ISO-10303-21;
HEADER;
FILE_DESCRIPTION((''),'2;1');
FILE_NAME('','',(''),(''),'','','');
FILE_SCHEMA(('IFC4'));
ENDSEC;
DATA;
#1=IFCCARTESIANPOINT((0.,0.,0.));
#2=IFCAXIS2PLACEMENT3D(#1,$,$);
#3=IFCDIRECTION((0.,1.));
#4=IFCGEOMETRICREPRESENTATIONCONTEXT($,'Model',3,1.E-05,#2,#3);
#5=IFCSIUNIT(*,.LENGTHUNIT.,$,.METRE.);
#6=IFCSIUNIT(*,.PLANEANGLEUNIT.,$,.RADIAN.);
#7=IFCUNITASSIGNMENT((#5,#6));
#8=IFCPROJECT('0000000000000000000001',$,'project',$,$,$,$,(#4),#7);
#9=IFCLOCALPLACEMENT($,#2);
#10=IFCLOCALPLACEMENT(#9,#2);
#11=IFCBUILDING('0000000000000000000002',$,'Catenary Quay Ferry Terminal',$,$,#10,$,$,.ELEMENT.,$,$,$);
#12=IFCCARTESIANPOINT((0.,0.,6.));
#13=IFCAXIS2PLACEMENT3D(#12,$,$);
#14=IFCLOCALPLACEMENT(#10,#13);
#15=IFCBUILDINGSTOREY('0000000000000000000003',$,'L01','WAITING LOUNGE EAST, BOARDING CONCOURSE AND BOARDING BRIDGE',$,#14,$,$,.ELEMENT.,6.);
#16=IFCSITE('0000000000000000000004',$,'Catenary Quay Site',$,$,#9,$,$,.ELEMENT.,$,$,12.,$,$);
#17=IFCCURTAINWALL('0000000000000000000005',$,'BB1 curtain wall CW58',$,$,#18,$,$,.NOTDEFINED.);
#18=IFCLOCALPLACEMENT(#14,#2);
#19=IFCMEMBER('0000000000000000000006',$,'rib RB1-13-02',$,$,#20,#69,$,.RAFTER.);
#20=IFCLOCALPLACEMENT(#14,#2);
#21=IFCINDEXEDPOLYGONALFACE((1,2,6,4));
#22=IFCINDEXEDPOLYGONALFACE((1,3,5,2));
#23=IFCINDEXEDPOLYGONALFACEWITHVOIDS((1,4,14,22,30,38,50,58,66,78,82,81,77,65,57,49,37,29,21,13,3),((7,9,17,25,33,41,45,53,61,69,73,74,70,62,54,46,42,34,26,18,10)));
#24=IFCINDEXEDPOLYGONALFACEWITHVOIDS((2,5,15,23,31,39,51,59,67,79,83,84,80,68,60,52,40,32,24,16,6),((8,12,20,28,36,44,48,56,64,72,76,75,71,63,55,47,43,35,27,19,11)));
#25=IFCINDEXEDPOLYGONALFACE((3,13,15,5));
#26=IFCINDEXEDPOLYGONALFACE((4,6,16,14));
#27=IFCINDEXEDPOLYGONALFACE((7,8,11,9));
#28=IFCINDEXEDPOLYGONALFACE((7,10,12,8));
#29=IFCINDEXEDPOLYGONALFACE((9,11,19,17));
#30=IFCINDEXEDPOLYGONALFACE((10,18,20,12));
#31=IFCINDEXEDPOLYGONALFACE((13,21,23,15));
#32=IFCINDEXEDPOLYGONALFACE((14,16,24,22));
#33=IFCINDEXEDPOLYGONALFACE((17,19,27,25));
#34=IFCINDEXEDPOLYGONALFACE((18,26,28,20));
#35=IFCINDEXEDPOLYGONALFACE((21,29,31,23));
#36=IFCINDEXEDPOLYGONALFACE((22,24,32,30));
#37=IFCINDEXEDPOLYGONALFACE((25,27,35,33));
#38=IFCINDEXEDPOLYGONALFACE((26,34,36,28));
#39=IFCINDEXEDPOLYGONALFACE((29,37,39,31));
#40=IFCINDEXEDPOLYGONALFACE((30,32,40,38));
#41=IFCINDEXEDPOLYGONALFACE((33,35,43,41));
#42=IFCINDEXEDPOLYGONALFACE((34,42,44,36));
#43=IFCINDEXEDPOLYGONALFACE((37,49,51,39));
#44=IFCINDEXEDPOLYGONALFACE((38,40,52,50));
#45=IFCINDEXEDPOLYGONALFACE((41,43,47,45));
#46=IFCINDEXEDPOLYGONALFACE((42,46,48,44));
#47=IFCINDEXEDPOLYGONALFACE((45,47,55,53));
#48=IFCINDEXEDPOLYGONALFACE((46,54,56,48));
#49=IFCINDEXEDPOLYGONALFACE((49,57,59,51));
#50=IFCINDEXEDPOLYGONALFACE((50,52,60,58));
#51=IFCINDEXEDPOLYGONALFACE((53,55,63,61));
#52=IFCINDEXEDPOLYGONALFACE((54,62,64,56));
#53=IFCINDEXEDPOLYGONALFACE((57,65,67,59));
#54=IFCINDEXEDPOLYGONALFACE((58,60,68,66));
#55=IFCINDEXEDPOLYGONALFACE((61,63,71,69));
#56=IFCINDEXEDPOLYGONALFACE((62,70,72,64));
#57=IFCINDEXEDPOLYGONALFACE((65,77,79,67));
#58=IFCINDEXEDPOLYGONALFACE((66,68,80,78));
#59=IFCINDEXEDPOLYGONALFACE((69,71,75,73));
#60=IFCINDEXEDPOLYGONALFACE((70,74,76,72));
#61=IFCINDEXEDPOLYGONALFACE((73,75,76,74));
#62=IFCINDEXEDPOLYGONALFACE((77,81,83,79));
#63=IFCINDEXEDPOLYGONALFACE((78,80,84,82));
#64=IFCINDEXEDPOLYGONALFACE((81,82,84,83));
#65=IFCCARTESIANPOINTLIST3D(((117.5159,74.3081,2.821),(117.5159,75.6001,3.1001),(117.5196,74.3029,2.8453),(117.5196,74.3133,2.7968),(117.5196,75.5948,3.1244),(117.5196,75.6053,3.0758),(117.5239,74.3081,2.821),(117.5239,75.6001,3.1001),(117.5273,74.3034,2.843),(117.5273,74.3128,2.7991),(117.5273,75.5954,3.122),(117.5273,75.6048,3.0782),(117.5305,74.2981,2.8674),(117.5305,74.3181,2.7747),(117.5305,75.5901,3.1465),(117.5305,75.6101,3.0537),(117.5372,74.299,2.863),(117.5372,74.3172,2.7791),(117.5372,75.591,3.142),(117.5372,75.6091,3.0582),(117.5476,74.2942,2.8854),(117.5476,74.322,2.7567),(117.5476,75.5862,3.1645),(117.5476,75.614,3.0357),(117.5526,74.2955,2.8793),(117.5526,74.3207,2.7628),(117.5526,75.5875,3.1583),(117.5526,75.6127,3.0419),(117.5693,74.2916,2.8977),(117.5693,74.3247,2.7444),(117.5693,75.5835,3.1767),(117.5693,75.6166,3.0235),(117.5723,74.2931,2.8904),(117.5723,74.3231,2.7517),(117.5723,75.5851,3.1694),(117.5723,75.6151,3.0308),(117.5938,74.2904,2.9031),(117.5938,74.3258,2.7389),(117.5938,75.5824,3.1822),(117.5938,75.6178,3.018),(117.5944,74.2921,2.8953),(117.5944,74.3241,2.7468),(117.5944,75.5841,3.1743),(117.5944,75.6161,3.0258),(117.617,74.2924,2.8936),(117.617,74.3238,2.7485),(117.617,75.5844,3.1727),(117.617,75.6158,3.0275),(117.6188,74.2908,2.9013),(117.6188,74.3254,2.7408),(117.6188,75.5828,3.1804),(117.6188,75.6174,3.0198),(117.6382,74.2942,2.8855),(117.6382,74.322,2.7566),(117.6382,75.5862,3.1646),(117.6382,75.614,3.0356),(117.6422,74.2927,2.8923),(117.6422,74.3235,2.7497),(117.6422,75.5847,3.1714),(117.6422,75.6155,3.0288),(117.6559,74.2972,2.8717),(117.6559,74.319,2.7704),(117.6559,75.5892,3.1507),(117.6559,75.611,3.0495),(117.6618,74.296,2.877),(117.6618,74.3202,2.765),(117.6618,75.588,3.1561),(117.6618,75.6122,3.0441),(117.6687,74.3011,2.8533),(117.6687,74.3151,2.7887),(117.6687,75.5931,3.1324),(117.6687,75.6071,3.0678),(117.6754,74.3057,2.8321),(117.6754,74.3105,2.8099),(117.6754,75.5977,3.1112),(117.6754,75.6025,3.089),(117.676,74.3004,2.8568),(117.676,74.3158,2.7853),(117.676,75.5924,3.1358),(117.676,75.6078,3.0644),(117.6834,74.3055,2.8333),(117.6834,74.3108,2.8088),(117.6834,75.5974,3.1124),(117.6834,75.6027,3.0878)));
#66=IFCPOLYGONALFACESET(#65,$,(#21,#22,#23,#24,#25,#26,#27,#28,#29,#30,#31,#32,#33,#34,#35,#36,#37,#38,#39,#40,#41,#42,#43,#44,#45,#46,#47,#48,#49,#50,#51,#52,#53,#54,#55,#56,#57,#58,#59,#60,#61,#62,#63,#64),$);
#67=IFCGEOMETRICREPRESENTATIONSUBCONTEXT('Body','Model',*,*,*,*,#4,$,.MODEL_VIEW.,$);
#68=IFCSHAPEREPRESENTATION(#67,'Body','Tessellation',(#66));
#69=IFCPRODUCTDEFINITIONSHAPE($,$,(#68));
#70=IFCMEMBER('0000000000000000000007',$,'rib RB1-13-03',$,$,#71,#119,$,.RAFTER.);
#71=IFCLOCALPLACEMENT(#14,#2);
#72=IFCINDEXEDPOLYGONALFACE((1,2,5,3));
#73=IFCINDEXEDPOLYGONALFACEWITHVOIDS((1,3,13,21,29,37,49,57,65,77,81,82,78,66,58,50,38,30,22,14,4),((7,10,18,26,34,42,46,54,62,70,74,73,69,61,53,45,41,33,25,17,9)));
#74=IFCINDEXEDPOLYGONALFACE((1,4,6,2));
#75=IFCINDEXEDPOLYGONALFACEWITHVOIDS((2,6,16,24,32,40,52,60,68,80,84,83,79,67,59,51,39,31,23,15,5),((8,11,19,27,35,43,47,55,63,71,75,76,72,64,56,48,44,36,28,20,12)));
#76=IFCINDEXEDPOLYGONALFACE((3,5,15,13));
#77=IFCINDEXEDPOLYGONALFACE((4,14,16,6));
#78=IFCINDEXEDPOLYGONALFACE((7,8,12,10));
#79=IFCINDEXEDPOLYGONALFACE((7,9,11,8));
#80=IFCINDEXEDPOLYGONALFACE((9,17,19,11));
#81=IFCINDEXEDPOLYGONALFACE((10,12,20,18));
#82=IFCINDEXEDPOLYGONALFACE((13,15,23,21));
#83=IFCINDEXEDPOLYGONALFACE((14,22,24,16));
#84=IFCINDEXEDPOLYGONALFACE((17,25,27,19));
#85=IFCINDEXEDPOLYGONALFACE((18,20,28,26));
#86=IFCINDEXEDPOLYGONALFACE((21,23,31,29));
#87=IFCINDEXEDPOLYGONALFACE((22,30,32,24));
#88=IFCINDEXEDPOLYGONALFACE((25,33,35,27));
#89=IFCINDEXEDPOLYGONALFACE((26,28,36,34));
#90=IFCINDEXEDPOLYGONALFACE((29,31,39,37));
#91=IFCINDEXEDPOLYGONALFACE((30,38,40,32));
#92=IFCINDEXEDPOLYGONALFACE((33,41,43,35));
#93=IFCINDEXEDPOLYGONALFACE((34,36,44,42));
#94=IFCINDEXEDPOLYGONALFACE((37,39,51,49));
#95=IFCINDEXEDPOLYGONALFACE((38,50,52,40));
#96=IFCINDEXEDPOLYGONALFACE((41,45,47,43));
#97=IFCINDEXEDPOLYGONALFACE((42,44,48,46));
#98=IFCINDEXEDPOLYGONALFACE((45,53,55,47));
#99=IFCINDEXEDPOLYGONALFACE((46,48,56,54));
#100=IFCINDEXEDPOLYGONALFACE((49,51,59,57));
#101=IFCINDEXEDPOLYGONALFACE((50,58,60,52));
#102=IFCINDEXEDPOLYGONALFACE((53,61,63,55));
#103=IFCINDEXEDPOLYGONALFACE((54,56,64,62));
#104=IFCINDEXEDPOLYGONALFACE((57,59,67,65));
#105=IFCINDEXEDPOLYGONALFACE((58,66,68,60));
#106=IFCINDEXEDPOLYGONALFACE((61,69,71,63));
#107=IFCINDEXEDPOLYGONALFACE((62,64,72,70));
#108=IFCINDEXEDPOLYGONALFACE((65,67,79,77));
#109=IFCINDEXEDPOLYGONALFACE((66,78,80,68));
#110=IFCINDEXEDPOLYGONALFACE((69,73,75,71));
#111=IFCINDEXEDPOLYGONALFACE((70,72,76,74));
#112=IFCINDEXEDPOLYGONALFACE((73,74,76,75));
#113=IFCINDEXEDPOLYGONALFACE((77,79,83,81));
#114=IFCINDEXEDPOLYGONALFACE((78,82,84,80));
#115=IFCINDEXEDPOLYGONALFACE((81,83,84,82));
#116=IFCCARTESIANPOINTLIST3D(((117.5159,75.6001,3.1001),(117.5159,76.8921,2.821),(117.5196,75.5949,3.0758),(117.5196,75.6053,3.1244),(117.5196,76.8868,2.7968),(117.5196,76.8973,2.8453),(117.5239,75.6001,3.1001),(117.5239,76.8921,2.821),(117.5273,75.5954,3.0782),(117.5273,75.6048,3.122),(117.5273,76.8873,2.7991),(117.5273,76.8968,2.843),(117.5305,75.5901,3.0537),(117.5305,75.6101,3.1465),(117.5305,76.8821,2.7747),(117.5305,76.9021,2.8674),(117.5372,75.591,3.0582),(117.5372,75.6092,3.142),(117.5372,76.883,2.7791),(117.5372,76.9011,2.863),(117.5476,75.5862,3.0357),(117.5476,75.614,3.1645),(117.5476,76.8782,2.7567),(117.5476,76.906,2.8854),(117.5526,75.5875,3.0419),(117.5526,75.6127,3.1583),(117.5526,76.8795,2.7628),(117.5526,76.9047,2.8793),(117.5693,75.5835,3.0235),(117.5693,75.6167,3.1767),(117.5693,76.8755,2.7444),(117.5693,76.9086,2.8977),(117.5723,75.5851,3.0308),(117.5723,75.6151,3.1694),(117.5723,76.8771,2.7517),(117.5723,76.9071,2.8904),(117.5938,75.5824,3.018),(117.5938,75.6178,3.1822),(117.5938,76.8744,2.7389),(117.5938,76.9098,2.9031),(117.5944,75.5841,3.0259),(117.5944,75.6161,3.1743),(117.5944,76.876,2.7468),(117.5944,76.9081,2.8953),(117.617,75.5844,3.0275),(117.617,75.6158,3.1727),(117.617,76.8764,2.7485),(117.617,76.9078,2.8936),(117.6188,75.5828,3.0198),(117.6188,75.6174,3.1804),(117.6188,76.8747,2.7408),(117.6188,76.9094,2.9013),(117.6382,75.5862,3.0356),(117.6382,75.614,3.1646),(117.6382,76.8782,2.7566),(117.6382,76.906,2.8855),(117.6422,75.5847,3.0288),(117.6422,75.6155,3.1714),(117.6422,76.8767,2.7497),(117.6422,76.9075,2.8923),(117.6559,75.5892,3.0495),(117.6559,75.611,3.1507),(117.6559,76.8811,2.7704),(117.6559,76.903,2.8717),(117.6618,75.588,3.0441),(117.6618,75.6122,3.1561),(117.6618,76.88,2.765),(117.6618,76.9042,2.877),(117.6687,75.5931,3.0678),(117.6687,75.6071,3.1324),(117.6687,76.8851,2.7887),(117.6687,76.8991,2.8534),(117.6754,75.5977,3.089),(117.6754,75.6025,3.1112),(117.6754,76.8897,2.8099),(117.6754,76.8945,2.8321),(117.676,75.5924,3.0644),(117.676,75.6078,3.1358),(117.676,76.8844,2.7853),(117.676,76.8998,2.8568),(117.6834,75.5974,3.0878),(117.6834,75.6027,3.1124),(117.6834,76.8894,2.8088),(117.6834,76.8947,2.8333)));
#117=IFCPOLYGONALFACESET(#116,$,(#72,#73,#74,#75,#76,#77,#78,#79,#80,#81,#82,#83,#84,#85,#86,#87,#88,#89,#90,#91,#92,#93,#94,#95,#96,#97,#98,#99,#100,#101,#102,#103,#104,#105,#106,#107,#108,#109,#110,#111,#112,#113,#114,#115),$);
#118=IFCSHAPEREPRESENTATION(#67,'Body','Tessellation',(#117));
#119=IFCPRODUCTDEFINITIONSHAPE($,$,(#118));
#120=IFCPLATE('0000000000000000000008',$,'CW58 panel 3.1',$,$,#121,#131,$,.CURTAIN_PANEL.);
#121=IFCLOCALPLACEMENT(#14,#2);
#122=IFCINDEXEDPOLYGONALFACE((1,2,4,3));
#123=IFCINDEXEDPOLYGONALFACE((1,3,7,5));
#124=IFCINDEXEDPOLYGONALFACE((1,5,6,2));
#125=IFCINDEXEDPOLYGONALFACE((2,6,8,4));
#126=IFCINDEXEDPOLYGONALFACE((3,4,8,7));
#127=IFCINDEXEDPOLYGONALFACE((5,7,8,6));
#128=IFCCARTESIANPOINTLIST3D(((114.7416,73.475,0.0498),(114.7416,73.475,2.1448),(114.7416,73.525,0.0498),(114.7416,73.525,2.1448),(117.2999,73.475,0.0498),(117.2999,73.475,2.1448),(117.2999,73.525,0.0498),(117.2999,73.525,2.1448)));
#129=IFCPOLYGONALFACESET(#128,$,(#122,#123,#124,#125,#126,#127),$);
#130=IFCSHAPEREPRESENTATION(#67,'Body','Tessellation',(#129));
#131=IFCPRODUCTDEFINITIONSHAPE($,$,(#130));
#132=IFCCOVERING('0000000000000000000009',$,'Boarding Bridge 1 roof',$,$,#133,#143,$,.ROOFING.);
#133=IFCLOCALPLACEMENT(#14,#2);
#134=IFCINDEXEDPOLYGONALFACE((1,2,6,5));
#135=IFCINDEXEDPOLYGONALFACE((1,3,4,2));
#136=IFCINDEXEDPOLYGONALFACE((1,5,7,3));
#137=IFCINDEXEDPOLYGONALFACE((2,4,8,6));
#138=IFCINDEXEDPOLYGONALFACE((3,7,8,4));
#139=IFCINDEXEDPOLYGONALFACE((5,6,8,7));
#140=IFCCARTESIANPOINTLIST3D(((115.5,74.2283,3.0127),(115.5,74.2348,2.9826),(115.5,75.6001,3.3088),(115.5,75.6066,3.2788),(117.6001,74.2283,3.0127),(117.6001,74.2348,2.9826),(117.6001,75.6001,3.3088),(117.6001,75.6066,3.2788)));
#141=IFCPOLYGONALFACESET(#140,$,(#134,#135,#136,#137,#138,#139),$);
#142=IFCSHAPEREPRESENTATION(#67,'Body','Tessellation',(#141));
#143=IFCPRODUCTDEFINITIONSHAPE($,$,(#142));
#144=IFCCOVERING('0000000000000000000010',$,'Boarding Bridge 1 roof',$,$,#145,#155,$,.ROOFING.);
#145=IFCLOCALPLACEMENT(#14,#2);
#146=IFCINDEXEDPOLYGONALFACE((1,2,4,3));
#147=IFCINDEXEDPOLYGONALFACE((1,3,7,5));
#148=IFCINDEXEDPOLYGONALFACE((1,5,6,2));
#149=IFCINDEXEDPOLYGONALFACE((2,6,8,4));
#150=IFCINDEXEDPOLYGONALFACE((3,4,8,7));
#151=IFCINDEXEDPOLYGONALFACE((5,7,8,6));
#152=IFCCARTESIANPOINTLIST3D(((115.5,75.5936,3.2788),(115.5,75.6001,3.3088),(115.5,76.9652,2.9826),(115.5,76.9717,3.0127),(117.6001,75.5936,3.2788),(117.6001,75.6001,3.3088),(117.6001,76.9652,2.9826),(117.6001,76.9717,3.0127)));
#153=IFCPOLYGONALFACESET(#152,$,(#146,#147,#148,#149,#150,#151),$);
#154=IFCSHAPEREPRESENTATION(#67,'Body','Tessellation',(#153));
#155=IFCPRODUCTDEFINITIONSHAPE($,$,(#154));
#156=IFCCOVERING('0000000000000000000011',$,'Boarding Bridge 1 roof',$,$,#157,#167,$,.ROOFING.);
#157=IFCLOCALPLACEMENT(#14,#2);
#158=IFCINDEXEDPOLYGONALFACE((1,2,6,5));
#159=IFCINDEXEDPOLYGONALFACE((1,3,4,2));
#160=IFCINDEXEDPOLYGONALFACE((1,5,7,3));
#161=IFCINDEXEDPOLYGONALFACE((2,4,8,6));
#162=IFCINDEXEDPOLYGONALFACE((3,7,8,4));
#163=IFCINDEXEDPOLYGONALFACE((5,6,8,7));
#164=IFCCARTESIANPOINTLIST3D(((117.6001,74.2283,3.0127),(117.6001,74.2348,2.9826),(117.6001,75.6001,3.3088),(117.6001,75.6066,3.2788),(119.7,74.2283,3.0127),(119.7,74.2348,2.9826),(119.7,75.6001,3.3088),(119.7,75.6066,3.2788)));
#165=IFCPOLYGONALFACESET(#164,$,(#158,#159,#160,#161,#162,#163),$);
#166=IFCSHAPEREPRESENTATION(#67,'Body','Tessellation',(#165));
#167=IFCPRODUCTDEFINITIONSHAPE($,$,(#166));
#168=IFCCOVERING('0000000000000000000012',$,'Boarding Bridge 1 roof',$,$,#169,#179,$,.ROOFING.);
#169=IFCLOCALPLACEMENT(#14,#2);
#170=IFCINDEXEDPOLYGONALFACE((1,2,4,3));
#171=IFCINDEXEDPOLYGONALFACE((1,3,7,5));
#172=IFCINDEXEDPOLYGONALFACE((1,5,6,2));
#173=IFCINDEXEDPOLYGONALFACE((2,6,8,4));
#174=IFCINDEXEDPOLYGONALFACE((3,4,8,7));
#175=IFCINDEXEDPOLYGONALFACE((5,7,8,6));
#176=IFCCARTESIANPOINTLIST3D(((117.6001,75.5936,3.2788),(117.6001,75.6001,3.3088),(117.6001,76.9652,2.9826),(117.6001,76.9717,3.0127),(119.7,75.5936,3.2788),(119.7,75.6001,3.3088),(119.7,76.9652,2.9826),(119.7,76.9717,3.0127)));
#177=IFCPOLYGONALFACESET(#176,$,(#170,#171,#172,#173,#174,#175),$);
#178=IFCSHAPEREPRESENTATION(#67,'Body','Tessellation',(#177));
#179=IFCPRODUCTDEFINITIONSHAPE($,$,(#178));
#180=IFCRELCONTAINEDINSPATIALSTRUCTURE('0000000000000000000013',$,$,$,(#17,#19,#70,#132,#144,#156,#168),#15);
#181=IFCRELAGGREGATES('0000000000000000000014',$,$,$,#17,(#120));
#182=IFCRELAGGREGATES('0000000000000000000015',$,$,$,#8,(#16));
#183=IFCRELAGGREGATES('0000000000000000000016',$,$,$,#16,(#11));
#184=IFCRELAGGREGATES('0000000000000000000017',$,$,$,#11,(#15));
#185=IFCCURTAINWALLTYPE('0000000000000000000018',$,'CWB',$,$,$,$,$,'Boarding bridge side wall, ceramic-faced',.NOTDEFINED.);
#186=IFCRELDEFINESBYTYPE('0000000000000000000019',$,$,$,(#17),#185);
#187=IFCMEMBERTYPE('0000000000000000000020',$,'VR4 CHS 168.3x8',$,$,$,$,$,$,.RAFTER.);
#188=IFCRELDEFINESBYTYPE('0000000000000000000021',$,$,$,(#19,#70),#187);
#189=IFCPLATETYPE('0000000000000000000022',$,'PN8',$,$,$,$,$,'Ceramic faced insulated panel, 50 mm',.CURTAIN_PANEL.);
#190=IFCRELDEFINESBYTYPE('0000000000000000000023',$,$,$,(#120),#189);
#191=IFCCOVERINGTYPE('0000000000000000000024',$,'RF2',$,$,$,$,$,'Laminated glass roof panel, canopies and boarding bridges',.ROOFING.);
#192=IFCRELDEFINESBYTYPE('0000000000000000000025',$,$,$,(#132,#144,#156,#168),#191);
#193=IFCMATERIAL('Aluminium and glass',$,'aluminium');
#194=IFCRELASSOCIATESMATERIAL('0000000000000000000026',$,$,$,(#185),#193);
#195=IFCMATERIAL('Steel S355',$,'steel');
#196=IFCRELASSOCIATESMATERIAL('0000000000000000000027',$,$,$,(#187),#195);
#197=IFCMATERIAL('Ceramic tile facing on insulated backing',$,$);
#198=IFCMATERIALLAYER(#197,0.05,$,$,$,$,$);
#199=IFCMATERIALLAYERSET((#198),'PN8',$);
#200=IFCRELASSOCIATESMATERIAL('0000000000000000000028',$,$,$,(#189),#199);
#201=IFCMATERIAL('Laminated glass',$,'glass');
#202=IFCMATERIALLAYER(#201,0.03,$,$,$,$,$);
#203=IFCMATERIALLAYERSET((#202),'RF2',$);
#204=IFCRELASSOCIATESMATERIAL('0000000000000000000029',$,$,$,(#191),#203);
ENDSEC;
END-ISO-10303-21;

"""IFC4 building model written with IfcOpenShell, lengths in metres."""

from ifc_helpers import new_model, si_unit, direction, frame, origin, origin_2d, place, context, subcontext, project, spatial, polyline, rectangle, hollow_circle, outline, extrude, material, layer, layer_set, material_profile, profile_set, type_object, element, aggregate, save


model = new_model("IFC4")

# Units and contexts
model_context = context("Model", 3, precision=1e-05, world=origin(), true_north=direction((0.0, 1.0)))
body_context = subcontext(model_context, "Body", "Model", "MODEL_VIEW")
ifc_project = project(units=[si_unit("LENGTHUNIT", "METRE"), si_unit("PLANEANGLEUNIT", "RADIAN")], contexts=[model_context])

# Site, building, storey
site_placement = place(None, origin())
site = spatial("IfcSite", under=ifc_project, at=site_placement, Name="Catenary Quay Site", CompositionType="ELEMENT", RefElevation=12.0)
building_placement = place(site_placement, origin())
building = spatial("IfcBuilding", under=site, at=building_placement, Name="Catenary Quay Ferry Terminal", CompositionType="ELEMENT")
storey_placement = place(building_placement, frame((0.0, 0.0, 6.0)))
storey = spatial("IfcBuildingStorey", under=building, at=storey_placement, Name="L01", Description="WAITING LOUNGE EAST, BOARDING CONCOURSE AND BOARDING BRIDGE", CompositionType="ELEMENT", Elevation=6.0)

# Curtain wall
ifc_material_1 = material(Name="Aluminium and glass", Category="aluminium")
curtain_wall_type = type_object("IfcCurtainWallType", Name="CWB", ElementType="Boarding bridge side wall, ceramic-faced", PredefinedType="NOTDEFINED", material=ifc_material_1)
curtain_wall_placement = place(storey_placement, origin())
curtain_wall = element("IfcCurtainWall", 1, at=curtain_wall_placement, inside=storey, type_object=curtain_wall_type, Name="BB1 curtain wall CW58", PredefinedType="NOTDEFINED")

# Members
ifc_material_2 = material(Name="Steel S355", Category="steel")
ifc_material_profile_1 = material_profile(ifc_material_2, hollow_circle(Radius=0.0842, WallThickness=0.0081, at=origin_2d()), Name="CHS 168.3x8")
ifc_profile_set_1 = profile_set([ifc_material_profile_1], Name="Steel S355")
member_type_1 = type_object("IfcMemberType", Name="VR4 CHS 168.3x8", PredefinedType="RAFTER", material=ifc_profile_set_1)
for number, where, z_axis, x_axis, name in (
    (2, (117.6001, 74.3081, 2.821), (0.0, 0.977461, 0.211118), (-1.0, 0.0, 0.0), "rib RB1-13-02"),
    (3, (117.6001, 75.6001, 3.1001), (0.0, 0.977461, -0.211118), (-1.0, 0.0, 0.0), "rib RB1-13-03"),
):
    element("IfcMember", number, at=place(storey_placement, frame(where, z_axis=z_axis, x_axis=x_axis)), inside=storey, type_object=member_type_1, Name=name, PredefinedType="RAFTER", context=body_context, shape_type="SweptSolid", body=[
        extrude(hollow_circle(Radius=0.0842, WallThickness=0.0081, at=origin_2d()), origin(), (0.0, 0.0, 1.0), 1.3218),
    ])

# Plate
ifc_material_3 = material(Name="Ceramic tile facing on insulated backing")
ifc_layer_1 = layer(ifc_material_3, 0.05)
ifc_layer_set_1 = layer_set([ifc_layer_1], Name="PN8")
plate_type = type_object("IfcPlateType", Name="PN8", ElementType="Ceramic faced insulated panel, 50 mm", PredefinedType="CURTAIN_PANEL", material=ifc_layer_set_1)
plate_placement = place(storey_placement, frame((116.0208, 73.5, 0.0498), z_axis=(0.0, 0.0, 1.0), x_axis=(1.0, 0.0, 0.0)))
plate = element("IfcPlate", 4, at=plate_placement, type_object=plate_type, Name="CW58 panel 3.1", PredefinedType="CURTAIN_PANEL", context=body_context, shape_type="SweptSolid", body=[
    extrude(rectangle(XDim=2.5583, YDim=0.05, at=origin_2d()), origin(), (0.0, 0.0, 1.0), 2.095),
])
aggregate(curtain_wall, [plate])

# Coverings
ifc_material_4 = material(Name="Laminated glass", Category="glass")
ifc_layer_2 = layer(ifc_material_4, 0.03)
ifc_layer_set_2 = layer_set([ifc_layer_2], Name="RF2")
covering_type = type_object("IfcCoveringType", Name="RF2", ElementType="Laminated glass roof panel, canopies and boarding bridges", PredefinedType="ROOFING", material=ifc_layer_set_2)
covering_1_placement = place(storey_placement, frame((115.5, 74.2283, 3.0127), z_axis=(0.0, -0.211014, 0.977483), x_axis=(1.0, 0.0, 0.0)))
element("IfcCovering", 5, at=covering_1_placement, inside=storey, type_object=covering_type, Name="Boarding Bridge 1 roof", PredefinedType="ROOFING", context=body_context, shape_type="SweptSolid", body=[
    extrude(outline(polyline([(0.0, 0.0), (2.1001, 0.0), (2.1001, 1.4034), (0.0, 1.4034), (0.0, 0.0)])), origin(), (0.0, 0.0, -1.0), 0.0308),
])
covering_2_placement = place(storey_placement, frame((115.5, 75.6001, 3.3088), z_axis=(0.0, 0.21105, 0.977475), x_axis=(1.0, 0.0, 0.0)))
element("IfcCovering", 6, at=covering_2_placement, inside=storey, type_object=covering_type, Name="Boarding Bridge 1 roof", PredefinedType="ROOFING", context=body_context, shape_type="SweptSolid", body=[
    extrude(outline(polyline([(0.0, 0.0), (2.1001, 0.0), (2.1001, 1.4032), (0.0, 1.4032), (0.0, 0.0)])), origin(), (0.0, 0.0, -1.0), 0.0308),
])
covering_3_placement = place(storey_placement, frame((117.6001, 74.2283, 3.0127), z_axis=(0.0, -0.211014, 0.977483), x_axis=(1.0, 0.0, 0.0)))
element("IfcCovering", 7, at=covering_3_placement, inside=storey, type_object=covering_type, Name="Boarding Bridge 1 roof", PredefinedType="ROOFING", context=body_context, shape_type="SweptSolid", body=[
    extrude(outline(polyline([(0.0, 0.0), (2.0999, 0.0), (2.0999, 1.4034), (0.0, 1.4034), (0.0, 0.0)])), origin(), (0.0, 0.0, -1.0), 0.0308),
])
covering_4_placement = place(storey_placement, frame((117.6001, 75.6001, 3.3088), z_axis=(0.0, 0.21105, 0.977475), x_axis=(1.0, 0.0, 0.0)))
element("IfcCovering", 8, at=covering_4_placement, inside=storey, type_object=covering_type, Name="Boarding Bridge 1 roof", PredefinedType="ROOFING", context=body_context, shape_type="SweptSolid", body=[
    extrude(outline(polyline([(0.0, 0.0), (2.0999, 0.0), (2.0999, 1.4032), (0.0, 1.4032), (0.0, 0.0)])), origin(), (0.0, 0.0, -1.0), 0.0308),
])

save(model, "model.ifc")
